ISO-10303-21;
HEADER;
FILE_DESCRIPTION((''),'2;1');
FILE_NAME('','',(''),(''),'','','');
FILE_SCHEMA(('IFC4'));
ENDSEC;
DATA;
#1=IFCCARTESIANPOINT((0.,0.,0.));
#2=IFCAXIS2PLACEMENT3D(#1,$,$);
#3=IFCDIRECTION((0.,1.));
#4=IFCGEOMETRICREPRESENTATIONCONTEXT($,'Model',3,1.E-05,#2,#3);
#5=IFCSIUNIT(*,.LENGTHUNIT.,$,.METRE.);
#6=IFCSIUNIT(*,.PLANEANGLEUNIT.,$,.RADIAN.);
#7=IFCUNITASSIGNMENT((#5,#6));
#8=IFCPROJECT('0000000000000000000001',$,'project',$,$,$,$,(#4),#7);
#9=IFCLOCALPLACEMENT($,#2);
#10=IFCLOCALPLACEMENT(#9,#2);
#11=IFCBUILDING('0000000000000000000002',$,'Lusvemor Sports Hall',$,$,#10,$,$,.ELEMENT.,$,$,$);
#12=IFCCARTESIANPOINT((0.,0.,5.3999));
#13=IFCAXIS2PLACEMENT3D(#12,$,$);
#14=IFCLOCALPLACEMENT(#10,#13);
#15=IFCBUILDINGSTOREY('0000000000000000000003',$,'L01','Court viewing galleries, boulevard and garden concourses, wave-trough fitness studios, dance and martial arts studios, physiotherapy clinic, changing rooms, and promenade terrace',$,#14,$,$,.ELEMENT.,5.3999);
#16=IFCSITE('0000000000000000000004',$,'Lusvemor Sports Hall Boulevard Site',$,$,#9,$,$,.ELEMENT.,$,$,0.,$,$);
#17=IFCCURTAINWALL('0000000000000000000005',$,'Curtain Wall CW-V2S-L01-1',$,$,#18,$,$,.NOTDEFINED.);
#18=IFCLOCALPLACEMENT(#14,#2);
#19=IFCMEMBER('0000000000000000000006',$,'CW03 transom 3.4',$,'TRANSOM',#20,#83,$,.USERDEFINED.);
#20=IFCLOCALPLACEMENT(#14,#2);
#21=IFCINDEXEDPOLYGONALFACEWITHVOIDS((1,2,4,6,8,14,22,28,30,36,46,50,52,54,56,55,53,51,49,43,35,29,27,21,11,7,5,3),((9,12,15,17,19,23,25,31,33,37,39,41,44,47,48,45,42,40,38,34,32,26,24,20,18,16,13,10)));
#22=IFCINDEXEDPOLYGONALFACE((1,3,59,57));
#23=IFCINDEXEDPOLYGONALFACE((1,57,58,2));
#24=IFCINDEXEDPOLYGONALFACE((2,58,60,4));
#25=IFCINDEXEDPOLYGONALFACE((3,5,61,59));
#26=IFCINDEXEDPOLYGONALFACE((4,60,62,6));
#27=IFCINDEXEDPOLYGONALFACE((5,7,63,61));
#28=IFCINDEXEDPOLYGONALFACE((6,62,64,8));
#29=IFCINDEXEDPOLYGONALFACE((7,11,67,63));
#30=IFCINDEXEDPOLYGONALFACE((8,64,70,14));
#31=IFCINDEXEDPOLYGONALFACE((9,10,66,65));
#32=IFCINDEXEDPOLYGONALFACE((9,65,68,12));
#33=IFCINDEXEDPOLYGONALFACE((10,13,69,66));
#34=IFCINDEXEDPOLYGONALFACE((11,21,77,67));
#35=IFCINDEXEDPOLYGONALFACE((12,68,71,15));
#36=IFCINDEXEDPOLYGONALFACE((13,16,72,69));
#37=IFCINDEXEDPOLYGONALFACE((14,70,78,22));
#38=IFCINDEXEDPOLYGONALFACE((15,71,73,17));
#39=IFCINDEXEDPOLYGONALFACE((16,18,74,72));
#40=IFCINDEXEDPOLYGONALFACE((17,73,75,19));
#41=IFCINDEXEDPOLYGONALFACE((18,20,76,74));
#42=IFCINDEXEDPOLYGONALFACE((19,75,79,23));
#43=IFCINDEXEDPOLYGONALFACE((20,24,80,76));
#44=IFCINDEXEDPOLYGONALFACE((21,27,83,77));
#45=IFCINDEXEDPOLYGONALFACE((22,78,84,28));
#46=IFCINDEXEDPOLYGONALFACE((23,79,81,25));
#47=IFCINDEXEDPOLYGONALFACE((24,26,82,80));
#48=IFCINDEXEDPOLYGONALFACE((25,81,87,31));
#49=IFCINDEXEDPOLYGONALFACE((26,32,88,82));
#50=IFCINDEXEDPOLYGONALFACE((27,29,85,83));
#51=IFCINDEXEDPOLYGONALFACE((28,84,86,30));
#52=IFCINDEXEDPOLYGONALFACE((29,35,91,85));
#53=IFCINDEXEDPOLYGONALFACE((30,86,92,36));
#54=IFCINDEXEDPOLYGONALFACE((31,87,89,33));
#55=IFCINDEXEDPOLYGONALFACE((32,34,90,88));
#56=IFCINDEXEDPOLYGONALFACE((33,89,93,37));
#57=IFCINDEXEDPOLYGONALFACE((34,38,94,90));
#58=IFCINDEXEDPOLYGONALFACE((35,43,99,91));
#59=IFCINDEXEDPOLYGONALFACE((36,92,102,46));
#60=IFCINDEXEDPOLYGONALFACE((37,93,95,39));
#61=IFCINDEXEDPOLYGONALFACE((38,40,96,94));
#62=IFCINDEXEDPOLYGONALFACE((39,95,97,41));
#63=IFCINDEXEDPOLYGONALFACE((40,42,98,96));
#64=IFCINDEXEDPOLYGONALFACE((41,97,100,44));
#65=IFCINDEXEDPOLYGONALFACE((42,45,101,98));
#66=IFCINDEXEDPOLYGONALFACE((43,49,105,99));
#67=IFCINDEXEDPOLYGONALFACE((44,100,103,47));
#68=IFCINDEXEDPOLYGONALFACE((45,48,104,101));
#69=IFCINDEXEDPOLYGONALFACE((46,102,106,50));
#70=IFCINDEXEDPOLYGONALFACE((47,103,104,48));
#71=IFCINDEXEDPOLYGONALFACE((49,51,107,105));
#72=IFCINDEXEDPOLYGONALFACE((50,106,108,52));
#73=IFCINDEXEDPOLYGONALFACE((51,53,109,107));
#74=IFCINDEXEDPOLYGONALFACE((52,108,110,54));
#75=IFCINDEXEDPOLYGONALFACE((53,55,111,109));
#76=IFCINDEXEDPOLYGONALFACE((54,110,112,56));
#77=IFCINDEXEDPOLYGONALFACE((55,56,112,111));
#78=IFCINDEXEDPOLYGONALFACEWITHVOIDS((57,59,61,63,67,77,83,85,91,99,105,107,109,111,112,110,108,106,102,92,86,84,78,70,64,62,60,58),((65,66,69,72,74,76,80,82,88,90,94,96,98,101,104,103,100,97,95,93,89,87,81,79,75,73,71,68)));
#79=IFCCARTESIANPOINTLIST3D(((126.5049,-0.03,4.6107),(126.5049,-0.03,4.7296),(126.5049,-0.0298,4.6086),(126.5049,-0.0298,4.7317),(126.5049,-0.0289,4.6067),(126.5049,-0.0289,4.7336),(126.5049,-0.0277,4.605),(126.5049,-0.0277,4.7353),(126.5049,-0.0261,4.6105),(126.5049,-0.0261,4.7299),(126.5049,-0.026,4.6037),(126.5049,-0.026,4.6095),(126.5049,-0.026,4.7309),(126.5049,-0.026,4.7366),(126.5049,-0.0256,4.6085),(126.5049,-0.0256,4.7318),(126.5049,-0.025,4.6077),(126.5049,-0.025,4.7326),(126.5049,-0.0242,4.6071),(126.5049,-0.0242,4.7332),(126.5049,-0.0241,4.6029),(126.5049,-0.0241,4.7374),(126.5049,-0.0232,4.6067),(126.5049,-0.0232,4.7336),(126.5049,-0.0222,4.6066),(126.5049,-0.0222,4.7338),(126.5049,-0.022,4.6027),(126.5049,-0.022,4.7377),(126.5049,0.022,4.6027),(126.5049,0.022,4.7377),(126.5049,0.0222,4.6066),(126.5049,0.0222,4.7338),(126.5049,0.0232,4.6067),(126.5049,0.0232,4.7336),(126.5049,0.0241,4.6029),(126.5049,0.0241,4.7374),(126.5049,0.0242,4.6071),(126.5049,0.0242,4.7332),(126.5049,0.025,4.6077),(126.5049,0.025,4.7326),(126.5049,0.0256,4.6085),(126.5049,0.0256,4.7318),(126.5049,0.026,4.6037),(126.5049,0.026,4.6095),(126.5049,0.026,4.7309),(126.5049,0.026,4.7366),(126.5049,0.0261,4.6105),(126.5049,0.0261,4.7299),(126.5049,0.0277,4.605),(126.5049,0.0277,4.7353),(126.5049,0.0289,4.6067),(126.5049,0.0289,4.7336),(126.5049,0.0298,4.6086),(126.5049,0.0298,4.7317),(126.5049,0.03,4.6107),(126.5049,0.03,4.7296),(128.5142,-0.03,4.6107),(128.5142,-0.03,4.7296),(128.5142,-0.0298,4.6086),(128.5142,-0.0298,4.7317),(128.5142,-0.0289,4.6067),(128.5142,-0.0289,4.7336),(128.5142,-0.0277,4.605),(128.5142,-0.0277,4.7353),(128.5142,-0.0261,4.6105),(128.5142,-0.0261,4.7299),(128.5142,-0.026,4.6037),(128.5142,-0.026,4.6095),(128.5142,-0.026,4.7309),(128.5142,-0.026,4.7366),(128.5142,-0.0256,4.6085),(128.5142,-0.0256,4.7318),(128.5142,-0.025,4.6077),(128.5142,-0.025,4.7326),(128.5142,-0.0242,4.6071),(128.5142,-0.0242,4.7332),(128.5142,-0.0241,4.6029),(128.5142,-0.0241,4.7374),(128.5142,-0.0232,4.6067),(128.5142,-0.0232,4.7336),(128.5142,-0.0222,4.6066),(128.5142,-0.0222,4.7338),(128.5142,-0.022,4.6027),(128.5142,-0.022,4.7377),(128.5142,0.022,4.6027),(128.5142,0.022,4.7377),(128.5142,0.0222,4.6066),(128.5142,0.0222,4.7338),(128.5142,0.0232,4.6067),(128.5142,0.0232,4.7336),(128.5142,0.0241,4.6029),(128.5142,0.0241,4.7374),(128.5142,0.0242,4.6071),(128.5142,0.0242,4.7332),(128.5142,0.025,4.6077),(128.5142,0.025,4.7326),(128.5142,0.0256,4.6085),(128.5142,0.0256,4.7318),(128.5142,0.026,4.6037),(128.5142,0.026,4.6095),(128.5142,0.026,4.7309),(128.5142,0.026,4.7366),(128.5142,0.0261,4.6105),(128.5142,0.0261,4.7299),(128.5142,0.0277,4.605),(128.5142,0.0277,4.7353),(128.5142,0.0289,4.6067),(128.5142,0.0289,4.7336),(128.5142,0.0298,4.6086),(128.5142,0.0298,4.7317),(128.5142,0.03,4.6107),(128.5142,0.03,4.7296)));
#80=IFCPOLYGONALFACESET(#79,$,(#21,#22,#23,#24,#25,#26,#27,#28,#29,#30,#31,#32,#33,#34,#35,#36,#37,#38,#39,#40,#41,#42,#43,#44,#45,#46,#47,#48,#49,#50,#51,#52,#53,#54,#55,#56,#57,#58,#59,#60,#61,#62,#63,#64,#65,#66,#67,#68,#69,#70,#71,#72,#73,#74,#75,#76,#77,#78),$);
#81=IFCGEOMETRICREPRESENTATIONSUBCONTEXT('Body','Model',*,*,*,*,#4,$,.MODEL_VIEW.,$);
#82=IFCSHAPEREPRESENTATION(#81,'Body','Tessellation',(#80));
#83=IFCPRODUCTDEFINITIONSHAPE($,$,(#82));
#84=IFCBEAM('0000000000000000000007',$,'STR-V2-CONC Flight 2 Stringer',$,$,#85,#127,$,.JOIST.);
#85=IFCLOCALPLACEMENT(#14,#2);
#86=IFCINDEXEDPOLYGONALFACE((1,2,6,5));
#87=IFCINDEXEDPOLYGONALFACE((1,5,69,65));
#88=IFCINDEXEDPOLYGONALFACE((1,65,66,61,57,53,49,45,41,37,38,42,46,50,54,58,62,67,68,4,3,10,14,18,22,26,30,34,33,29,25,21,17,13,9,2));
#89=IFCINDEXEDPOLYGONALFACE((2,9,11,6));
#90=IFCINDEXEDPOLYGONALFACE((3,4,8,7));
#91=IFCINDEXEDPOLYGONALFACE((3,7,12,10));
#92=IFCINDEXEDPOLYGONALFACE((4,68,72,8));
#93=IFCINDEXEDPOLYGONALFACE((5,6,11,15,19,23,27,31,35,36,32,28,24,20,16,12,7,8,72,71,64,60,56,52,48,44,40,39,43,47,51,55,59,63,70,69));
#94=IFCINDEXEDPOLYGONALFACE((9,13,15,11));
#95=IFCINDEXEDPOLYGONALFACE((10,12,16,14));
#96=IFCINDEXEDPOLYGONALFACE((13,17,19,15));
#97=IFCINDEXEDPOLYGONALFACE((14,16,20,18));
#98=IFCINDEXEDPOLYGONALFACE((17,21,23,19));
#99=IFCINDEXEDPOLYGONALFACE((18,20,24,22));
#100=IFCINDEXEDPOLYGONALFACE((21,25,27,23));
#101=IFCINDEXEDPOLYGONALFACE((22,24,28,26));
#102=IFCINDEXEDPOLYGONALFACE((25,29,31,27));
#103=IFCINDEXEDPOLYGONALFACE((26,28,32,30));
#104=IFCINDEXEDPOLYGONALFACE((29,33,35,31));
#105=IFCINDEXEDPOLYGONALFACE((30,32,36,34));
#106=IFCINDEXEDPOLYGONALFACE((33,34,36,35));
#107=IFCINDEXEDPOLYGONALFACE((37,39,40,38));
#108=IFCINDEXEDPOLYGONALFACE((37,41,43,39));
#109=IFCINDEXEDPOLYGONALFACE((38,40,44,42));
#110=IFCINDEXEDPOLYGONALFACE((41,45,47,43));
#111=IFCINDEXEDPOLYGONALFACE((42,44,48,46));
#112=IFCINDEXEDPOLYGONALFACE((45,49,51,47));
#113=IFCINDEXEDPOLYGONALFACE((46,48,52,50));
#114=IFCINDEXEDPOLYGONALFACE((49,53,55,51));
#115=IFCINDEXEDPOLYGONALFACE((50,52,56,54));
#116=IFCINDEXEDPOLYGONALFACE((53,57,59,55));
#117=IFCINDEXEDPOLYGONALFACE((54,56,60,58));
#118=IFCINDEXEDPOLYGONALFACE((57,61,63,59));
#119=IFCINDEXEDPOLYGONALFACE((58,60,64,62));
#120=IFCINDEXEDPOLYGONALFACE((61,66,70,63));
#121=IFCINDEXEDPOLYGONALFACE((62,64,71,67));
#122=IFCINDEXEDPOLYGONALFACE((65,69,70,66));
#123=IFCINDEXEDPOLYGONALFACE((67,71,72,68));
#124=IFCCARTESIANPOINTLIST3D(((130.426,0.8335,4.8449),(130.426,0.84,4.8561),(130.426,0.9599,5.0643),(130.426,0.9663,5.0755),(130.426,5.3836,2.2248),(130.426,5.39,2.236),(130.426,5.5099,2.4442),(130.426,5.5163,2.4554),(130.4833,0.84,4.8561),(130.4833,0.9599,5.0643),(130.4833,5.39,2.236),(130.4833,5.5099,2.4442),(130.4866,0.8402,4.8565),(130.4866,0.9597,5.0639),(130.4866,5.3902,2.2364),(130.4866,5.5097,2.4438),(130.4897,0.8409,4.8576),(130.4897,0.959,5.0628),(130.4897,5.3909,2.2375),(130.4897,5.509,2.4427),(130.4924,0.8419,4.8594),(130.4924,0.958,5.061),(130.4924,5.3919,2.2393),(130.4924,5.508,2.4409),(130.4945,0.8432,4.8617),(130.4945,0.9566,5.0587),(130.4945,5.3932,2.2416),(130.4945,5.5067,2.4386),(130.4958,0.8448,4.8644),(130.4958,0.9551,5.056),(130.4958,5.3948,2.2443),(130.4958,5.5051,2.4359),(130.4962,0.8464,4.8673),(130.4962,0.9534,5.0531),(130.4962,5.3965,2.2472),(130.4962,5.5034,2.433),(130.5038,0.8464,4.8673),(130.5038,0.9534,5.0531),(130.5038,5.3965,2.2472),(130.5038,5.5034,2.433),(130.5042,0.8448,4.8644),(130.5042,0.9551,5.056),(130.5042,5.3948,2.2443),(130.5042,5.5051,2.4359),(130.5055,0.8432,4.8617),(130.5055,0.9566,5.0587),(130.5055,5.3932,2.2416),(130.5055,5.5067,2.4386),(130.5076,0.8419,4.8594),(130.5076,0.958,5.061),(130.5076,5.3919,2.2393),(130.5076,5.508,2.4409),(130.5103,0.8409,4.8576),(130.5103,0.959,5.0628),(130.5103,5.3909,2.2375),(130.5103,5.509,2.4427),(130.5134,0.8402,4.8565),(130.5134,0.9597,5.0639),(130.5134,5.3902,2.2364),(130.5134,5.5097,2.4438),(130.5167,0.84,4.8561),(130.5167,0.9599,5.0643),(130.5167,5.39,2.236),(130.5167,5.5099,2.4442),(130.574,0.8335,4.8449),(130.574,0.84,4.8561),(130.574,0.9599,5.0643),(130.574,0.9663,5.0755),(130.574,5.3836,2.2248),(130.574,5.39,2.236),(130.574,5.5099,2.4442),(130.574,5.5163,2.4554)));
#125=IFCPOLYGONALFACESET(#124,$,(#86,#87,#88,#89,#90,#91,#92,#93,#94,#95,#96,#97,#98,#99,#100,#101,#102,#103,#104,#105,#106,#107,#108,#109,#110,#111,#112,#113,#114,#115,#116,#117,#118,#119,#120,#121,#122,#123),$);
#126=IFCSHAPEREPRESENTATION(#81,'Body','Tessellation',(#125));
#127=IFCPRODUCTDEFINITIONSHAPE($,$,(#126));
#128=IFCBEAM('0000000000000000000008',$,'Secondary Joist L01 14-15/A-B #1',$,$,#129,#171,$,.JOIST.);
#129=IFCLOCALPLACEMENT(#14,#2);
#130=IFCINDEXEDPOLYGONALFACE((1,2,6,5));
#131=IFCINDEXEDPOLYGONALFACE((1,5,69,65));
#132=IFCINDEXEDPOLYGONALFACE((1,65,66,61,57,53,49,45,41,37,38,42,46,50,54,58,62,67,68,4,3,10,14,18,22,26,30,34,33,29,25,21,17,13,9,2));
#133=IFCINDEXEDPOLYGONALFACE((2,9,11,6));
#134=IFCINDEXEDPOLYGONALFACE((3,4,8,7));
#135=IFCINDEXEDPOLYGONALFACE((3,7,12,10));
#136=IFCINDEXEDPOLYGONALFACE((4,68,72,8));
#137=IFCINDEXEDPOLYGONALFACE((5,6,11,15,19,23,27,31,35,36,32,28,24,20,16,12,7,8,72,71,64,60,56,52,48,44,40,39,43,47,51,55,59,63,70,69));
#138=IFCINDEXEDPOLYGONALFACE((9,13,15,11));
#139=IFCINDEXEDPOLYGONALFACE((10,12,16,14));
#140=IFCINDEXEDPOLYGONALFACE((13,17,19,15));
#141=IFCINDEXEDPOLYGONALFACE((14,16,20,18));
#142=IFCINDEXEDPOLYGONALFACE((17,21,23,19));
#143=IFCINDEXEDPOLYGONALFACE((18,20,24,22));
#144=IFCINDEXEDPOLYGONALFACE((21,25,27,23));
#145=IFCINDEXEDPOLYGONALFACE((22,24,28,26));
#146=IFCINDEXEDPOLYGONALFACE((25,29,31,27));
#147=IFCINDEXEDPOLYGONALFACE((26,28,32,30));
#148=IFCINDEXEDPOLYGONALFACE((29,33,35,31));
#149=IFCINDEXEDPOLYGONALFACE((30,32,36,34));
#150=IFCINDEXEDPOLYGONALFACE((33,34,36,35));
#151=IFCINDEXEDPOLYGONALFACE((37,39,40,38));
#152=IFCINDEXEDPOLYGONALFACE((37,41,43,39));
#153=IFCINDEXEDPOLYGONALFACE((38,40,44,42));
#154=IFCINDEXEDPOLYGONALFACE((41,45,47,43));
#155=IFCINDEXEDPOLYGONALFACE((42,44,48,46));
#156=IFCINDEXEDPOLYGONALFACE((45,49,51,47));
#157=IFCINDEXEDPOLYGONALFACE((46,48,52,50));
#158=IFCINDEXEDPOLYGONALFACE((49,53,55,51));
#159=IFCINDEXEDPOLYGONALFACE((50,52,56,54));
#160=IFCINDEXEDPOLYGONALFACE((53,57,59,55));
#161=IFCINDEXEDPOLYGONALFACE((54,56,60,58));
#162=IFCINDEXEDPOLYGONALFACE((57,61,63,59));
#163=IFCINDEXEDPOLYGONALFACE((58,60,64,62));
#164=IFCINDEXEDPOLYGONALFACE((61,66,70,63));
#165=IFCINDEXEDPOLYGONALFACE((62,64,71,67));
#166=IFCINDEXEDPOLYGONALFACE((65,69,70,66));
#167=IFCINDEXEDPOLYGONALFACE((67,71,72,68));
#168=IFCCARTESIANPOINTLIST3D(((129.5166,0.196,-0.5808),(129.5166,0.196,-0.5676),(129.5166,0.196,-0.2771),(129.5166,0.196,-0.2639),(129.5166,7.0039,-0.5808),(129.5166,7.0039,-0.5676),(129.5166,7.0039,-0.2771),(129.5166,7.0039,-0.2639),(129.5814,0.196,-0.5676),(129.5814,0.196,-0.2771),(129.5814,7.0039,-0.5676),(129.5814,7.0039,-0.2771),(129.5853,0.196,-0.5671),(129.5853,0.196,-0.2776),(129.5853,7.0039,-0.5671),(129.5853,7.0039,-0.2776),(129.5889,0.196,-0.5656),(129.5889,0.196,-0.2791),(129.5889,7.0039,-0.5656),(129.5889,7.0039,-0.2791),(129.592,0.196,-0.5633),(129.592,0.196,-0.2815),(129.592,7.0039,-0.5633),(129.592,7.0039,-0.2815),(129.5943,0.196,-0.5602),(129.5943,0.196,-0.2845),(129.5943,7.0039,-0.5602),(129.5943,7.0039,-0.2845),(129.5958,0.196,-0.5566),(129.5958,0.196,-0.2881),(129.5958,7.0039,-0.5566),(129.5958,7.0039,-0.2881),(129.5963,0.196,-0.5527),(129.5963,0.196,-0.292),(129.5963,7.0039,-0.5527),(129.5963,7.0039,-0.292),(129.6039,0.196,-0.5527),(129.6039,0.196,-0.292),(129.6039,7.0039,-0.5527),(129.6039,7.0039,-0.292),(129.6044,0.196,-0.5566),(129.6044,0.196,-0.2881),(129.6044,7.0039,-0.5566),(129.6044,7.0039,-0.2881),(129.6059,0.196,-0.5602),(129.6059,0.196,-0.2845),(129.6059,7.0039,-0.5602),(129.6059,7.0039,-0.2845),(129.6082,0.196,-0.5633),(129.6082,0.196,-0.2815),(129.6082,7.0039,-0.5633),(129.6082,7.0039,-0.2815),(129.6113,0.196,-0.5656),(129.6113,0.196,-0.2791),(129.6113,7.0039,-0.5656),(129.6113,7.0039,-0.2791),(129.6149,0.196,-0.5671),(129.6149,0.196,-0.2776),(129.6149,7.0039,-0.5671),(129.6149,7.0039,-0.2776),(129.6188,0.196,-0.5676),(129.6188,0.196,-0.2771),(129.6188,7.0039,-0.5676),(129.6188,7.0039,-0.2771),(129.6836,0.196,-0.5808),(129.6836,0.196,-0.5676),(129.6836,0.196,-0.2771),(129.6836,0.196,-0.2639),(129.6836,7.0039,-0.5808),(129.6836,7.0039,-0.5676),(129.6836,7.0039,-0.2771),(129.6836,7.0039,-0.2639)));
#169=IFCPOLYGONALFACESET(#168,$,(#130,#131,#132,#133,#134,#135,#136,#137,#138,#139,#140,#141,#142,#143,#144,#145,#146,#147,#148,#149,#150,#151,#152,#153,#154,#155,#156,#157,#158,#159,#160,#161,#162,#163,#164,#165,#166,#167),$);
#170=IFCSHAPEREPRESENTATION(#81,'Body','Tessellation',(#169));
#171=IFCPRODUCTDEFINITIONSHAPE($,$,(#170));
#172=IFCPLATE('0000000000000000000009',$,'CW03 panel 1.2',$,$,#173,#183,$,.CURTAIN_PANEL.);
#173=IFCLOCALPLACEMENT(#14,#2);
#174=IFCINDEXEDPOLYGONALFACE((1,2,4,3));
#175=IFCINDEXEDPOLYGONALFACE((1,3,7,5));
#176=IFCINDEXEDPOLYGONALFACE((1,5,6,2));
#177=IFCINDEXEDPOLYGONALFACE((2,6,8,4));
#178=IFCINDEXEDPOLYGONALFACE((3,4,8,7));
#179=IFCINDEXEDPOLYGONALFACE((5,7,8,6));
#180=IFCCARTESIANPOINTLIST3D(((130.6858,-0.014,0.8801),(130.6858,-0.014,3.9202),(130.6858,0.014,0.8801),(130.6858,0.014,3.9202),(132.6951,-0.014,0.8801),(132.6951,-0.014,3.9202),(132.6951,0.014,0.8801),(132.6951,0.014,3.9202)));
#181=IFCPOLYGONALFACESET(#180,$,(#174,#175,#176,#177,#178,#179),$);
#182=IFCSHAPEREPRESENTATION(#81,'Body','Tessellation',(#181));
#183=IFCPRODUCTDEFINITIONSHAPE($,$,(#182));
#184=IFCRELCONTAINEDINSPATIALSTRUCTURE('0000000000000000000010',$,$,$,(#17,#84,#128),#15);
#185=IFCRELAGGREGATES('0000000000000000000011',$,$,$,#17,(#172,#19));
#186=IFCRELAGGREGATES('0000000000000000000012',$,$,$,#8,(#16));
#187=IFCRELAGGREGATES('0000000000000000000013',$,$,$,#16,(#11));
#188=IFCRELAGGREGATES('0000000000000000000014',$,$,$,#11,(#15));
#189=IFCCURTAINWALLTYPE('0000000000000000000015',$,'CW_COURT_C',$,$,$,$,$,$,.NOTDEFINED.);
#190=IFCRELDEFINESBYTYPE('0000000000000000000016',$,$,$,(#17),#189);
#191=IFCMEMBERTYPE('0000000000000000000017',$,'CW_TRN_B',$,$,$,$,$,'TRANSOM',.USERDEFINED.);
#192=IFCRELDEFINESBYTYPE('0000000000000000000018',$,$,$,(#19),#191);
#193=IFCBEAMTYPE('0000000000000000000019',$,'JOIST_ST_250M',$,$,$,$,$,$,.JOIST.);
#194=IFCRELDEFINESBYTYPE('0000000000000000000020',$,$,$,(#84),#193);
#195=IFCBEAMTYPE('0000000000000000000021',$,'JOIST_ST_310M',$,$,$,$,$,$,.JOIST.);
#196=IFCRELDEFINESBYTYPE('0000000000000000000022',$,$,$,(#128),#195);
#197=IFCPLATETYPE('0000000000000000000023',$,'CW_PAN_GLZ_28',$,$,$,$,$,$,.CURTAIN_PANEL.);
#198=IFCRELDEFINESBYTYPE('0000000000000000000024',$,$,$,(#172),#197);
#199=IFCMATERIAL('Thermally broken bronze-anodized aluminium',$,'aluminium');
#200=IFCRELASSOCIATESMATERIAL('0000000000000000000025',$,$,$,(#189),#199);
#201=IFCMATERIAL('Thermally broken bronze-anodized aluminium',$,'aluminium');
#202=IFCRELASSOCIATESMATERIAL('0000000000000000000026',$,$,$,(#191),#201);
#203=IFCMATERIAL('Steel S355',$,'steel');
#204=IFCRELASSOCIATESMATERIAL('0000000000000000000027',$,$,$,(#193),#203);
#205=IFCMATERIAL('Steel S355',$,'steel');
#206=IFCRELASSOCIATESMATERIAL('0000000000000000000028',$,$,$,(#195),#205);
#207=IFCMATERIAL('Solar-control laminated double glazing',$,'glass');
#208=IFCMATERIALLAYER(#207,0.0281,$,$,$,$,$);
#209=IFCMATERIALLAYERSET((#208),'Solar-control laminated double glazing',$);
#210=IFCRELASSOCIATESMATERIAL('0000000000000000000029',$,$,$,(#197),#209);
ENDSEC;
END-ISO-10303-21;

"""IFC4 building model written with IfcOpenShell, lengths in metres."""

from ifc_helpers import new_model, si_unit, direction, frame, origin, origin_2d, place, context, subcontext, project, spatial, rectangle, hollow_rectangle, i_section, extrude, material, layer, layer_set, material_profile, profile_set, type_object, element, aggregate, save


model = new_model("IFC4")

# Units and contexts
model_context = context("Model", 3, precision=1e-05, world=origin(), true_north=direction((0.0, 1.0)))
body_context = subcontext(model_context, "Body", "Model", "MODEL_VIEW")
ifc_project = project(units=[si_unit("LENGTHUNIT", "METRE"), si_unit("PLANEANGLEUNIT", "RADIAN")], contexts=[model_context])

# Site, building, storey
site_placement = place(None, origin())
site = spatial("IfcSite", under=ifc_project, at=site_placement, Name="Lusvemor Sports Hall Boulevard Site", CompositionType="ELEMENT", RefElevation=0.0)
building_placement = place(site_placement, origin())
building = spatial("IfcBuilding", under=site, at=building_placement, Name="Lusvemor Sports Hall", CompositionType="ELEMENT")
storey_placement = place(building_placement, frame((0.0, 0.0, 5.3999)))
storey = spatial("IfcBuildingStorey", under=building, at=storey_placement, Name="L01", Description="Court viewing galleries, boulevard and garden concourses, wave-trough fitness studios, dance and martial arts studios, physiotherapy clinic, changing rooms, and promenade terrace", CompositionType="ELEMENT", Elevation=5.3999)

# Curtain wall, member
ifc_material_1 = material(Name="Thermally broken bronze-anodized aluminium", Category="aluminium")
curtain_wall_type = type_object("IfcCurtainWallType", Name="CW_COURT_C", PredefinedType="NOTDEFINED", material=ifc_material_1)
curtain_wall_placement = place(storey_placement, origin())
curtain_wall = element("IfcCurtainWall", 1, at=curtain_wall_placement, inside=storey, type_object=curtain_wall_type, Name="Curtain Wall CW-V2S-L01-1", PredefinedType="NOTDEFINED")
ifc_material_2 = material(Name="Thermally broken bronze-anodized aluminium", Category="aluminium")
ifc_material_profile_1 = material_profile(ifc_material_2, hollow_rectangle(XDim=0.0601, YDim=0.135, WallThickness=0.0039, InnerFilletRadius=0.0039, OuterFilletRadius=0.0081, at=origin_2d()), Name="CWTRN135x60x4")
ifc_profile_set_1 = profile_set([ifc_material_profile_1], Name="Thermally broken bronze-anodized aluminium")
member_type_1 = type_object("IfcMemberType", Name="CW_TRN_B", ElementType="TRANSOM", PredefinedType="USERDEFINED", material=ifc_profile_set_1)
member_1_placement = place(storey_placement, frame((128.5142, 0.0, 4.6702), z_axis=(-1.0, 0.0, 0.0), x_axis=(0.0, -1.0, 0.0)))
member_1 = element("IfcMember", 2, at=member_1_placement, type_object=member_type_1, Name="CW03 transom 3.4", ObjectType="TRANSOM", PredefinedType="USERDEFINED", context=body_context, shape_type="SweptSolid", body=[
    extrude(hollow_rectangle(XDim=0.0601, YDim=0.135, WallThickness=0.0039, InnerFilletRadius=0.0039, OuterFilletRadius=0.0081, at=origin_2d()), origin(), (0.0, 0.0, 1.0), 2.0093),
])

# Beams
ifc_material_3 = material(Name="Steel S355", Category="steel")
ifc_material_profile_2 = material_profile(ifc_material_3, i_section(OverallWidth=0.1479, OverallDepth=0.2661, WebThickness=0.0076, FlangeThickness=0.0129, FilletRadius=0.0129, at=origin_2d()), Name="W250x44.8")
ifc_profile_set_2 = profile_set([ifc_material_profile_2], Name="Steel S355")
beam_type_1 = type_object("IfcBeamType", Name="JOIST_ST_250M", PredefinedType="JOIST", material=ifc_profile_set_2)
beam_1_placement = place(storey_placement, frame((130.5, 5.45, 2.3401), z_axis=(0.0, -0.86659, 0.499021), x_axis=(1.0, 0.0, 0.0)))
element("IfcBeam", 3, at=beam_1_placement, inside=storey, type_object=beam_type_1, Name="STR-V2-CONC Flight 2 Stringer", PredefinedType="JOIST", context=body_context, shape_type="SweptSolid", body=[
    extrude(i_section(OverallWidth=0.1479, OverallDepth=0.2661, WebThickness=0.0076, FlangeThickness=0.0129, FilletRadius=0.0129, at=origin_2d()), origin(), (0.0, 0.0, 1.0), 5.2505),
])
ifc_material_4 = material(Name="Steel S355", Category="steel")
ifc_material_profile_3 = material_profile(ifc_material_4, i_section(OverallWidth=0.167, OverallDepth=0.3169, WebThickness=0.0076, FlangeThickness=0.0132, FilletRadius=0.0149, at=origin_2d()), Name="W310x52.0")
ifc_profile_set_3 = profile_set([ifc_material_profile_3], Name="Steel S355")
beam_type_2 = type_object("IfcBeamType", Name="JOIST_ST_310M", PredefinedType="JOIST", material=ifc_profile_set_3)
beam_2_placement = place(storey_placement, frame((129.6001, 0.196, -0.4224), z_axis=(0.0, 1.0, 0.0), x_axis=(-1.0, 0.0, 0.0)))
element("IfcBeam", 4, at=beam_2_placement, inside=storey, type_object=beam_type_2, Name="Secondary Joist L01 14-15/A-B #1", PredefinedType="JOIST", context=body_context, shape_type="SweptSolid", body=[
    extrude(i_section(OverallWidth=0.167, OverallDepth=0.3169, WebThickness=0.0076, FlangeThickness=0.0132, FilletRadius=0.0149, at=origin_2d()), origin(), (0.0, 0.0, 1.0), 6.8079),
])

# Plate
ifc_material_5 = material(Name="Solar-control laminated double glazing", Category="glass")
ifc_layer_1 = layer(ifc_material_5, 0.0281)
ifc_layer_set_1 = layer_set([ifc_layer_1], Name="Solar-control laminated double glazing")
plate_type_1 = type_object("IfcPlateType", Name="CW_PAN_GLZ_28", PredefinedType="CURTAIN_PANEL", material=ifc_layer_set_1)
plate_1_placement = place(storey_placement, frame((131.6904, 0.0, 0.8801), z_axis=(0.0, 0.0, 1.0), x_axis=(-1.0, 0.0, 0.0)))
plate_1 = element("IfcPlate", 5, at=plate_1_placement, type_object=plate_type_1, Name="CW03 panel 1.2", PredefinedType="CURTAIN_PANEL", context=body_context, shape_type="SweptSolid", body=[
    extrude(rectangle(XDim=2.0093, YDim=0.0281, at=origin_2d()), origin(), (0.0, 0.0, 1.0), 3.04),
])
aggregate(curtain_wall, [plate_1, member_1])

save(model, "model.ifc")
